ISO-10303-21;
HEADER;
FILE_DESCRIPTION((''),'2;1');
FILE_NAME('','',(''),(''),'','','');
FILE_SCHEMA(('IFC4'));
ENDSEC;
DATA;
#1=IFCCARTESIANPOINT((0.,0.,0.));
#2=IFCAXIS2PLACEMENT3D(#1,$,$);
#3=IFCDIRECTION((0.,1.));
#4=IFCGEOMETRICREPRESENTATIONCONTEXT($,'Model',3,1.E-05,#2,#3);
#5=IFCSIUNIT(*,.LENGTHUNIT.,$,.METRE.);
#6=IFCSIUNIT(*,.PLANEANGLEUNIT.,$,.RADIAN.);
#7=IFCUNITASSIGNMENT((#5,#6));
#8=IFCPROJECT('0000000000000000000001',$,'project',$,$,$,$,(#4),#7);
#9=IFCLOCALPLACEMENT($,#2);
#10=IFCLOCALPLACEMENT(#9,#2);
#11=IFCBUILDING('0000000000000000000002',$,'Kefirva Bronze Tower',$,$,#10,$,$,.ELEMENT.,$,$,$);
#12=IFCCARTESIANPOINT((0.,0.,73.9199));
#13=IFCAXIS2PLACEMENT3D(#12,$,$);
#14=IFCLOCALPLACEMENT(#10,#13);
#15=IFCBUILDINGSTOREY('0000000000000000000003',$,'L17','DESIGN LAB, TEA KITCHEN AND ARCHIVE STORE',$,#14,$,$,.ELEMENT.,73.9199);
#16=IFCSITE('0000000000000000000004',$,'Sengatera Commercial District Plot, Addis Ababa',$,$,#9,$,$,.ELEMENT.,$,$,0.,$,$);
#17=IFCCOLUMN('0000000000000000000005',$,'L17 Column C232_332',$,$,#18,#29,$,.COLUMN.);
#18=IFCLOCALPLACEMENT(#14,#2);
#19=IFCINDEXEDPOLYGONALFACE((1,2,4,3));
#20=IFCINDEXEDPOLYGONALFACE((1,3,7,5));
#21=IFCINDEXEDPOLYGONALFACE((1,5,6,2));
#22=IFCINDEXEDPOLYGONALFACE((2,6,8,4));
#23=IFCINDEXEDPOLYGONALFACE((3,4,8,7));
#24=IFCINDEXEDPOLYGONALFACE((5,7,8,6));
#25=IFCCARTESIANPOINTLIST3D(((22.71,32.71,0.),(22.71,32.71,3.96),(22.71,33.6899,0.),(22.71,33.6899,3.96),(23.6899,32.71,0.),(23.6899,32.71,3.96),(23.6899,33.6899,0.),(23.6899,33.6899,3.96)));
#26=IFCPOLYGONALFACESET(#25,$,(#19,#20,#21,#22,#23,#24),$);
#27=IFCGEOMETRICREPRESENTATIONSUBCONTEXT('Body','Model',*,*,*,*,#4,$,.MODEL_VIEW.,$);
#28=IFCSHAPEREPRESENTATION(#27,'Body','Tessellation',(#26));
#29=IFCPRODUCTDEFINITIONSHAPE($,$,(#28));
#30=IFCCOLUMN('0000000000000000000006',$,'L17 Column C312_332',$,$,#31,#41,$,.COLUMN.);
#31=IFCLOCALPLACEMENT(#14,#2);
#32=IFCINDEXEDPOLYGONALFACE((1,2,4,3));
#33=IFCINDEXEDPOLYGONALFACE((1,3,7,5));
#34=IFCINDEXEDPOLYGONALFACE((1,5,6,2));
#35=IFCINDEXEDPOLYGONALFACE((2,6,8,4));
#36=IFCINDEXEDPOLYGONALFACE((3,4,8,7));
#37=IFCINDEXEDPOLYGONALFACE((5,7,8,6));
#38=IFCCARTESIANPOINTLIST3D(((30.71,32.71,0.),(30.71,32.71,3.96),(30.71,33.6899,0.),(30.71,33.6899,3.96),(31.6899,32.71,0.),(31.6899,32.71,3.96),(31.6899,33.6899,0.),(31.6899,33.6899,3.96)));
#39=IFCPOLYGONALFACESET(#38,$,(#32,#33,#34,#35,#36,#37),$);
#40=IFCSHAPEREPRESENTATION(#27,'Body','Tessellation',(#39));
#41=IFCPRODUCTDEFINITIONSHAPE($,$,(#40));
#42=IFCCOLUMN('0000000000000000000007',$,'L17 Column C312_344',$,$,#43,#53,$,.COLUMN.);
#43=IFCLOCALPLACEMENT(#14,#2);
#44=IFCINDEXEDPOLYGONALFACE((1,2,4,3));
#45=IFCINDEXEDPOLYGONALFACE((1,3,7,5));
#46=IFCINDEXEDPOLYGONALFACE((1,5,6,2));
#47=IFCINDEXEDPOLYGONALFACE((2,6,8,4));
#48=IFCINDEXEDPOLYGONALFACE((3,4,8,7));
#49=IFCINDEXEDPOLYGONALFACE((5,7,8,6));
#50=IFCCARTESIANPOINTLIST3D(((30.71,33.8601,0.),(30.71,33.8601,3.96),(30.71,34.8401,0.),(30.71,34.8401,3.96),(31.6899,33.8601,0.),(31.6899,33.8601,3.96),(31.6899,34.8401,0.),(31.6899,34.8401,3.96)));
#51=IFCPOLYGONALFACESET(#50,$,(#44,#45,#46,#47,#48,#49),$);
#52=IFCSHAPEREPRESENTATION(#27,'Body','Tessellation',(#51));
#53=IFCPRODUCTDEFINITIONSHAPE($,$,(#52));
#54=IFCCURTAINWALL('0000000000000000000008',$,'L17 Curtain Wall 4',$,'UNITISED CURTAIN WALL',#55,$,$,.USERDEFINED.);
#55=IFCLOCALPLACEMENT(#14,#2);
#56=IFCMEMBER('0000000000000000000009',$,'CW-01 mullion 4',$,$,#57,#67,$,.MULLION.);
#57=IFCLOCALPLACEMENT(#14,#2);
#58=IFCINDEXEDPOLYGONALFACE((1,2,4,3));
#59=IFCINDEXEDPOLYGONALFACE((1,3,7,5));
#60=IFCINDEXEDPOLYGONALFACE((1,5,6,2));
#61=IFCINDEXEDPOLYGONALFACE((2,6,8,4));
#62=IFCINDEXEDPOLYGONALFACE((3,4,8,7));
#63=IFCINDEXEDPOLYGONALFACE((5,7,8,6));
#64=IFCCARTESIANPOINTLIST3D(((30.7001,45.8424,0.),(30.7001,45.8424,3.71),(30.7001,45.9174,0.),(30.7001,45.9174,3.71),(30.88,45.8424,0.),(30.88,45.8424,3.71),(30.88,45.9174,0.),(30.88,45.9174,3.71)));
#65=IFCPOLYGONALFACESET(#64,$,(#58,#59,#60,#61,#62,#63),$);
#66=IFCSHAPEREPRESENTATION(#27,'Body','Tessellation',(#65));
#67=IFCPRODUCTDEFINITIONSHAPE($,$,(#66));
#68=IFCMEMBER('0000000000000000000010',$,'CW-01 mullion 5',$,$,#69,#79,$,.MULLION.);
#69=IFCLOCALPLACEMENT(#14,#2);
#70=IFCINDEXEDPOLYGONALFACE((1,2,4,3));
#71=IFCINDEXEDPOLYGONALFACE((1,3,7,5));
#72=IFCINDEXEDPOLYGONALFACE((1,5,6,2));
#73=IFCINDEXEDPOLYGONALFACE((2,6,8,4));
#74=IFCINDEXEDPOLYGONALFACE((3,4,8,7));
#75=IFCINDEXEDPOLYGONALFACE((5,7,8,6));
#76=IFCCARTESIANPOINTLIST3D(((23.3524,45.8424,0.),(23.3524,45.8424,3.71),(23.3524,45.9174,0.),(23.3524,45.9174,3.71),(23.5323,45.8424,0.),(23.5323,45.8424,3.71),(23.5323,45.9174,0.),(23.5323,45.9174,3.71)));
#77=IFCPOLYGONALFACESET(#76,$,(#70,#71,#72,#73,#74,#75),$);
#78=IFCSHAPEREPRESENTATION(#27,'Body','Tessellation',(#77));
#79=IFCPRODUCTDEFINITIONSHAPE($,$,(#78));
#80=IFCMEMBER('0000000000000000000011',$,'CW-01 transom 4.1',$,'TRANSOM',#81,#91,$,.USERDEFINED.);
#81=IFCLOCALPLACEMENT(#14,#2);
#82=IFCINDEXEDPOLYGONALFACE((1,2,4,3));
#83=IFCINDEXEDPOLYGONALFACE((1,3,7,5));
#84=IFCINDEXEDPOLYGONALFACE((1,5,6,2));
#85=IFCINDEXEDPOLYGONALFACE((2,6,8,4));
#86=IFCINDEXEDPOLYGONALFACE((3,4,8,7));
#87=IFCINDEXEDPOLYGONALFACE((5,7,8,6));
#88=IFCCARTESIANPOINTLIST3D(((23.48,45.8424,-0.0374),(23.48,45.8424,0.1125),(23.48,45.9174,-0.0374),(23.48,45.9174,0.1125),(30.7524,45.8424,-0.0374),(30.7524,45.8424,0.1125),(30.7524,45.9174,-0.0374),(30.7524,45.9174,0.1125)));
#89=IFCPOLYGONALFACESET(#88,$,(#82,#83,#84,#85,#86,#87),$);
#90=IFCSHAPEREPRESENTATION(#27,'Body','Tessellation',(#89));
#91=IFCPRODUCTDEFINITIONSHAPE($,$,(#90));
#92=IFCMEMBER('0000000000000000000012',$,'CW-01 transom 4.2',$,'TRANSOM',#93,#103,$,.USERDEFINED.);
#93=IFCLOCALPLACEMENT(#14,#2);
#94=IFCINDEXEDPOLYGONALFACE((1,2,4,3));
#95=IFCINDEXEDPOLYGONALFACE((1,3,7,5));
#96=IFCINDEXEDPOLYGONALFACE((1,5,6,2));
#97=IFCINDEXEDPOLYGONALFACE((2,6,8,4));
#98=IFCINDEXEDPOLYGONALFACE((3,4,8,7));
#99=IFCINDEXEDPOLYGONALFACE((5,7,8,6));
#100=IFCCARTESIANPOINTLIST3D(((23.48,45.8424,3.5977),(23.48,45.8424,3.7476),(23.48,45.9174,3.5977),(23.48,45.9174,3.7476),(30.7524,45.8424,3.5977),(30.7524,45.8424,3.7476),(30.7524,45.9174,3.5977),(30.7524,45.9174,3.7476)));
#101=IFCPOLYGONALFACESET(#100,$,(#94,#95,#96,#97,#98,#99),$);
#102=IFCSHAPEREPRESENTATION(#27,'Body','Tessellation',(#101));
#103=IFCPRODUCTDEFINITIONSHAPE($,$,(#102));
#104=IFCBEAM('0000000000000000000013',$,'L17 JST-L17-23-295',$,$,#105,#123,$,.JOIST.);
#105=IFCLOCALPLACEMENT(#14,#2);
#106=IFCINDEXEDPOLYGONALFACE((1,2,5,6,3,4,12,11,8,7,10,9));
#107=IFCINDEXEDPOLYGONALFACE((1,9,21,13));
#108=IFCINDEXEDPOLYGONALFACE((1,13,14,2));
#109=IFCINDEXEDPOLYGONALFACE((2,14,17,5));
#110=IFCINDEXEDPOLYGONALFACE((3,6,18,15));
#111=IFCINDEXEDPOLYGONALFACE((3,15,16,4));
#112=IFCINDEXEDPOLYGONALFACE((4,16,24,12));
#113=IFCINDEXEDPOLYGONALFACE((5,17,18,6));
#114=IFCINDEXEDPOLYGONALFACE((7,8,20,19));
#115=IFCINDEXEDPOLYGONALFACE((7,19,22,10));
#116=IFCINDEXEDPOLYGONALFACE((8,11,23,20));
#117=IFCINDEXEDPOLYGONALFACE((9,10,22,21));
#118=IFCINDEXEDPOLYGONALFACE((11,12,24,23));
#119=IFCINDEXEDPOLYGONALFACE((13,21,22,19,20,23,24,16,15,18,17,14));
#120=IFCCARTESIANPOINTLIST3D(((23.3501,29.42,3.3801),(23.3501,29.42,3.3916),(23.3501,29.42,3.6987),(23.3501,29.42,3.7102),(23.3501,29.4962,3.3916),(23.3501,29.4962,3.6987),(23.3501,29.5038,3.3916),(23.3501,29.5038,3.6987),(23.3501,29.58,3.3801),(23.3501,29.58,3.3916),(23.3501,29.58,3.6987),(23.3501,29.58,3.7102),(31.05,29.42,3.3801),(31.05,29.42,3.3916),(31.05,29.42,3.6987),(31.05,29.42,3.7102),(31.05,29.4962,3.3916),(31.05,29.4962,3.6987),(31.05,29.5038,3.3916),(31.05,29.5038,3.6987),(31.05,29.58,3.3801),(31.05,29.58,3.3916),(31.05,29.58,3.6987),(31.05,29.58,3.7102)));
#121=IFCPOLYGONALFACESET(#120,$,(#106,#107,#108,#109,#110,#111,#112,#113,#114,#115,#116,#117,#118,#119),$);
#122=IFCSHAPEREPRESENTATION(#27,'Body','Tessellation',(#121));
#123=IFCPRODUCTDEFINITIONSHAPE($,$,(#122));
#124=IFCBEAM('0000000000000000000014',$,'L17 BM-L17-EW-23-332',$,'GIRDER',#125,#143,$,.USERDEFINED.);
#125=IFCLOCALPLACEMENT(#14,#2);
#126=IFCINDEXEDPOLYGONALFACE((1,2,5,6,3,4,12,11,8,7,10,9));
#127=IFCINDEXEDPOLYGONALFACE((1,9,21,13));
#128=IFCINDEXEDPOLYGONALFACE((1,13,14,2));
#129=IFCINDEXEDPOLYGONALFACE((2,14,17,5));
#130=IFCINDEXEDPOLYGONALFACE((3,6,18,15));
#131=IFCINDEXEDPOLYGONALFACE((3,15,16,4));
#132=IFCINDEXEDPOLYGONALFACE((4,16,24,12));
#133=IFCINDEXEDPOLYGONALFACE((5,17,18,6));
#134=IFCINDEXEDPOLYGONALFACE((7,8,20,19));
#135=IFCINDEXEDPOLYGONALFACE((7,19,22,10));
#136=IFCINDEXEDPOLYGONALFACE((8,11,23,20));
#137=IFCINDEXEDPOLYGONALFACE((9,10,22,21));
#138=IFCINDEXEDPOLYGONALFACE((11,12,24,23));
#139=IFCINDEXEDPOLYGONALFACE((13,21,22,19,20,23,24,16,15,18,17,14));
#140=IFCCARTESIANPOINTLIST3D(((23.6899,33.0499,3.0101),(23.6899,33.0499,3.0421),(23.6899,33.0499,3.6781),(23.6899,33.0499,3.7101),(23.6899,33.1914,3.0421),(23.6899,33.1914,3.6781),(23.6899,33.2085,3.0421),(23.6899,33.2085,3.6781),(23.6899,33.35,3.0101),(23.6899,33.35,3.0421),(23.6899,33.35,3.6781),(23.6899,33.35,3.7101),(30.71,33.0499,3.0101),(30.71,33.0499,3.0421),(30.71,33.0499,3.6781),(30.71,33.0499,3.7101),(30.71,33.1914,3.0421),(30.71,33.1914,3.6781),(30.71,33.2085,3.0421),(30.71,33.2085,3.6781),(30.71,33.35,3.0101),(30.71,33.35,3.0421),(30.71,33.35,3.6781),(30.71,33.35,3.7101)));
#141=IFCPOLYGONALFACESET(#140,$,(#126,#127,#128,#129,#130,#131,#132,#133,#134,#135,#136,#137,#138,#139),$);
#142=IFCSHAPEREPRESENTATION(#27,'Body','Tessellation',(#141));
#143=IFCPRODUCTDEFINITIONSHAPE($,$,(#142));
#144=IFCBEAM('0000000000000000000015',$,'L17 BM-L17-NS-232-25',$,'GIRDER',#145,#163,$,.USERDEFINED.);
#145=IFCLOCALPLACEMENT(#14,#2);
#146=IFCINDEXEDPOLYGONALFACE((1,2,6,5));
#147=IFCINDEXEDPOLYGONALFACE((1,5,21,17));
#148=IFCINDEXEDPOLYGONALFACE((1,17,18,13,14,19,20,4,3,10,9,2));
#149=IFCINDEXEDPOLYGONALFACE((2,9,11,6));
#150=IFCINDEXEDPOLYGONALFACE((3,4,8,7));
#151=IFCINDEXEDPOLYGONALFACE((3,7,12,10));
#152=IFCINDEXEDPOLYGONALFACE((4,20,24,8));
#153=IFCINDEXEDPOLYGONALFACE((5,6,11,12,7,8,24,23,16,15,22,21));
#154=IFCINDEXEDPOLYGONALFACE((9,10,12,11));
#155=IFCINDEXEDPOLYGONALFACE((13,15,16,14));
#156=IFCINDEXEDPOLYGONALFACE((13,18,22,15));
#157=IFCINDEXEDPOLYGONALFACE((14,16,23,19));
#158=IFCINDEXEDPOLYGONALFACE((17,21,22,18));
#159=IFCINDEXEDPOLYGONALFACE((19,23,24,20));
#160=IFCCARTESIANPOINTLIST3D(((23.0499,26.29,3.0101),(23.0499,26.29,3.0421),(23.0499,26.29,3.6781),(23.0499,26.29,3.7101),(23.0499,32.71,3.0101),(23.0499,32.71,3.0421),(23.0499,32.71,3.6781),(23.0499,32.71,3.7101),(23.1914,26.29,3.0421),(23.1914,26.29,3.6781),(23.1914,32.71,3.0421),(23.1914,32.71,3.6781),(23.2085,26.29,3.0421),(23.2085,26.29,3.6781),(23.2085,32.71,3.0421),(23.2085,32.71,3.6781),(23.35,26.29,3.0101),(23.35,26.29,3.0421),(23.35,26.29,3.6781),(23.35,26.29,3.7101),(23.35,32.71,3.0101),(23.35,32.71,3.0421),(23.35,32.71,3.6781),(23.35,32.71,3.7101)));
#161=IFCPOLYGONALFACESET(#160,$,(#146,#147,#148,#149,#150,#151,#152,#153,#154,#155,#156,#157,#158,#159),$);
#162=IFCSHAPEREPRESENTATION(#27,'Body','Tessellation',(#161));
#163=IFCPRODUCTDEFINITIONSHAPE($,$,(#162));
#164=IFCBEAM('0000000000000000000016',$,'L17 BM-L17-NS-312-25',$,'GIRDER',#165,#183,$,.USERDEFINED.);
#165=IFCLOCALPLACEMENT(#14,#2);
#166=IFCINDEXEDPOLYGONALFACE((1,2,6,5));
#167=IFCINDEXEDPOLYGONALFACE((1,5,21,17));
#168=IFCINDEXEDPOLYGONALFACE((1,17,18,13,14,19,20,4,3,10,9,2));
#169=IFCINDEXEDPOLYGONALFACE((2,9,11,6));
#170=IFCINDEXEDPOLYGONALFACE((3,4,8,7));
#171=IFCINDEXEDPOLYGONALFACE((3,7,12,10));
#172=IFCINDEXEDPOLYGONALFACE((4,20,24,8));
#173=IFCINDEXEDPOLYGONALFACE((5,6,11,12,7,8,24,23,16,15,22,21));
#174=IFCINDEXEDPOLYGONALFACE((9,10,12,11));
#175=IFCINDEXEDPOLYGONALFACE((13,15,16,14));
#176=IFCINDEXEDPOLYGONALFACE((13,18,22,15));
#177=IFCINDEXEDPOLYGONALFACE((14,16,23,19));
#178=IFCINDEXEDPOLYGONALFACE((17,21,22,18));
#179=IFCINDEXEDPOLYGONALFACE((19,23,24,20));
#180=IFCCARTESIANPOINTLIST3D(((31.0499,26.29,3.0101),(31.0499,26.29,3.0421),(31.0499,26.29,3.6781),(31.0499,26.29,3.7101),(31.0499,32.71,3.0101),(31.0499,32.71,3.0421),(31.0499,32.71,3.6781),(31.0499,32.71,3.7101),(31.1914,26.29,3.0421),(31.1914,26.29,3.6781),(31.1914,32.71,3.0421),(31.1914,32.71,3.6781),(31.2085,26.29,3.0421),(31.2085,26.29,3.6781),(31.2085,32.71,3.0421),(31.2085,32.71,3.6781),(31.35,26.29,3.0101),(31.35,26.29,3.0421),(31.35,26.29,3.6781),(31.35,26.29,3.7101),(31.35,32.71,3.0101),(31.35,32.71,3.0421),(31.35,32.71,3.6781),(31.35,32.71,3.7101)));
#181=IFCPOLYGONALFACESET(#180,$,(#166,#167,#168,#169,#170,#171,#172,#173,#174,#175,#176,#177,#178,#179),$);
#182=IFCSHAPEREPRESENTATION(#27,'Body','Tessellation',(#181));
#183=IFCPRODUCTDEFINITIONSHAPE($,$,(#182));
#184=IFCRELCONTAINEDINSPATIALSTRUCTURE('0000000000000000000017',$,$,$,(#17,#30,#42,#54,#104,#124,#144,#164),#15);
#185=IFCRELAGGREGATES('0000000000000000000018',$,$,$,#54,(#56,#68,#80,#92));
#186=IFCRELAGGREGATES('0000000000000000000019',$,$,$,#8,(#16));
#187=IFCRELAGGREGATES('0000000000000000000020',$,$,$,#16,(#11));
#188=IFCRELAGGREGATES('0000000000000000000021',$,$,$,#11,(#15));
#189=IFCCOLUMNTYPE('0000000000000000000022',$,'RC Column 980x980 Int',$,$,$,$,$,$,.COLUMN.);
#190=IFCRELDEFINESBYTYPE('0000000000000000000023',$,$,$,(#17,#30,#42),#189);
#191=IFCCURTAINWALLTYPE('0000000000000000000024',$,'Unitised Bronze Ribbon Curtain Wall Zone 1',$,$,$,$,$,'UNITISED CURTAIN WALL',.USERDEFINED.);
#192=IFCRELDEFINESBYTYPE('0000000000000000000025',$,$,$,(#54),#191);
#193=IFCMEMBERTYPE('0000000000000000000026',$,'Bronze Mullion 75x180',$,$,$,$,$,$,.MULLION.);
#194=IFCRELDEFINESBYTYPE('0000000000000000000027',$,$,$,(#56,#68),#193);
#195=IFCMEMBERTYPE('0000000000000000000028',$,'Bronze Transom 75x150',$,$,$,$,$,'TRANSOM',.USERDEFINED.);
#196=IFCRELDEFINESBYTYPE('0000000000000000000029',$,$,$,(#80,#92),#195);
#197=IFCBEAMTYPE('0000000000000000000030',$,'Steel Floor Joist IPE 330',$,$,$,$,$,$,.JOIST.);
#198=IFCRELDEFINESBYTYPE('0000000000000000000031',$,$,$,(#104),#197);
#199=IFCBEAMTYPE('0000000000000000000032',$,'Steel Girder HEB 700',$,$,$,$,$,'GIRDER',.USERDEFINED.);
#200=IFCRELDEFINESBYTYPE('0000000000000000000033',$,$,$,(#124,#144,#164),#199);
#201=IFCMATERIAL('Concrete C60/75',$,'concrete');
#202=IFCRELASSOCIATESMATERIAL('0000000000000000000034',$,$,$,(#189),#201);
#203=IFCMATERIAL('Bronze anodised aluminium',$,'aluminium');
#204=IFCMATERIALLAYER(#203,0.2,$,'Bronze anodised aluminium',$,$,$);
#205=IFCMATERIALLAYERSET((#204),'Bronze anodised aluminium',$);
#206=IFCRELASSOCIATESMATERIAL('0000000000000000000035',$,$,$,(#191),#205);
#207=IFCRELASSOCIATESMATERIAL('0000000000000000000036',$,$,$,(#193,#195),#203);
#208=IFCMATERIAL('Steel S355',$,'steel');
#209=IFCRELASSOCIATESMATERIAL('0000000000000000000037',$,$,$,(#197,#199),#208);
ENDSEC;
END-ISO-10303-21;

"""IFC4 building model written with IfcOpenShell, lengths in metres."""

from ifc_helpers import new_model, si_unit, direction, frame, origin, origin_2d, place, context, subcontext, project, spatial, rectangle, i_section, extrude, material, layer, layer_set, material_profile, profile_set, type_object, element, aggregate, save


model = new_model("IFC4")

# Units and contexts
model_context = context("Model", 3, precision=1e-05, world=origin(), true_north=direction((0.0, 1.0)))
body_context = subcontext(model_context, "Body", "Model", "MODEL_VIEW")
ifc_project = project(units=[si_unit("LENGTHUNIT", "METRE"), si_unit("PLANEANGLEUNIT", "RADIAN")], contexts=[model_context])

# Site, building, storey
site_placement = place(None, origin())
site = spatial("IfcSite", under=ifc_project, at=site_placement, Name="Sengatera Commercial District Plot, Addis Ababa", CompositionType="ELEMENT", RefElevation=0.0)
building_placement = place(site_placement, origin())
building = spatial("IfcBuilding", under=site, at=building_placement, Name="Kefirva Bronze Tower", CompositionType="ELEMENT")
storey_placement = place(building_placement, frame((0.0, 0.0, 73.9199)))
storey = spatial("IfcBuildingStorey", under=building, at=storey_placement, Name="L17", Description="DESIGN LAB, TEA KITCHEN AND ARCHIVE STORE", CompositionType="ELEMENT", Elevation=73.9199)

# Columns
ifc_material_1 = material(Name="Concrete C60/75", Category="concrete")
ifc_material_profile_1 = material_profile(ifc_material_1, rectangle(XDim=0.98, YDim=0.98, at=origin_2d()), Name="RC 980x980")
ifc_profile_set_1 = profile_set([ifc_material_profile_1], Name="Concrete C60/75")
column_type = type_object("IfcColumnType", Name="RC Column 980x980 Int", PredefinedType="COLUMN", material=ifc_profile_set_1)
for number, where, z_axis, x_axis, name in (
    (1, (23.2, 33.2, 0.0), (0.0, 0.0, 1.0), (1.0, 0.0, 0.0), "L17 Column C232_332"),
    (2, (31.2, 33.2, 0.0), (0.0, 0.0, 1.0), (1.0, 0.0, 0.0), "L17 Column C312_332"),
    (3, (31.2, 34.3501, 0.0), (0.0, 0.0, 1.0), (1.0, 0.0, 0.0), "L17 Column C312_344"),
):
    element("IfcColumn", number, at=place(storey_placement, frame(where, z_axis=z_axis, x_axis=x_axis)), inside=storey, type_object=column_type, Name=name, PredefinedType="COLUMN", context=body_context, shape_type="SweptSolid", body=[
        extrude(rectangle(XDim=0.98, YDim=0.98, at=origin_2d()), origin(), (0.0, 0.0, 1.0), 3.96),
    ])

# Curtain wall, members
ifc_material_2 = material(Name="Bronze anodised aluminium", Category="aluminium")
ifc_layer_1 = layer(ifc_material_2, 0.2, Name="Bronze anodised aluminium")
ifc_layer_set_1 = layer_set([ifc_layer_1], Name="Bronze anodised aluminium")
curtain_wall_type = type_object("IfcCurtainWallType", Name="Unitised Bronze Ribbon Curtain Wall Zone 1", ElementType="UNITISED CURTAIN WALL", PredefinedType="USERDEFINED", material=ifc_layer_set_1)
curtain_wall_placement = place(storey_placement, origin())
curtain_wall = element("IfcCurtainWall", 4, at=curtain_wall_placement, inside=storey, type_object=curtain_wall_type, Name="L17 Curtain Wall 4", ObjectType="UNITISED CURTAIN WALL", PredefinedType="USERDEFINED")
ifc_material_profile_2 = material_profile(ifc_material_2, rectangle(XDim=0.075, YDim=0.1799, at=origin_2d()), Name="ALU 75x180")
ifc_profile_set_2 = profile_set([ifc_material_profile_2], Name="Bronze anodised aluminium")
member_type_1 = type_object("IfcMemberType", Name="Bronze Mullion 75x180", PredefinedType="MULLION", material=ifc_profile_set_2)
member_1_placement = place(storey_placement, frame((30.79, 45.8799, 0.0), z_axis=(0.0, 0.0, 1.0), x_axis=(0.0, -1.0, 0.0)))
member_1 = element("IfcMember", 5, at=member_1_placement, type_object=member_type_1, Name="CW-01 mullion 4", PredefinedType="MULLION", context=body_context, shape_type="SweptSolid", body=[
    extrude(rectangle(XDim=0.075, YDim=0.1799, at=origin_2d()), origin(), (0.0, 0.0, 1.0), 3.71),
])
member_2_placement = place(storey_placement, frame((23.4424, 45.8799, 0.0), z_axis=(0.0, 0.0, 1.0), x_axis=(0.0, -1.0, 0.0)))
member_2 = element("IfcMember", 6, at=member_2_placement, type_object=member_type_1, Name="CW-01 mullion 5", PredefinedType="MULLION", context=body_context, shape_type="SweptSolid", body=[
    extrude(rectangle(XDim=0.075, YDim=0.1799, at=origin_2d()), origin(), (0.0, 0.0, 1.0), 3.71),
])
ifc_material_profile_3 = material_profile(ifc_material_2, rectangle(XDim=0.075, YDim=0.1499, at=origin_2d()), Name="ALU 75x150")
ifc_profile_set_3 = profile_set([ifc_material_profile_3], Name="Bronze anodised aluminium")
member_type_2 = type_object("IfcMemberType", Name="Bronze Transom 75x150", ElementType="TRANSOM", PredefinedType="USERDEFINED", material=ifc_profile_set_3)
member_3_placement = place(storey_placement, frame((30.7524, 45.8799, 0.0376), z_axis=(-1.0, 0.0, 0.0), x_axis=(0.0, -1.0, 0.0)))
member_3 = element("IfcMember", 7, at=member_3_placement, type_object=member_type_2, Name="CW-01 transom 4.1", ObjectType="TRANSOM", PredefinedType="USERDEFINED", context=body_context, shape_type="SweptSolid", body=[
    extrude(rectangle(XDim=0.075, YDim=0.1499, at=origin_2d()), origin(), (0.0, 0.0, 1.0), 7.2725),
])
member_4_placement = place(storey_placement, frame((30.7524, 45.8799, 3.6726), z_axis=(-1.0, 0.0, 0.0), x_axis=(0.0, -1.0, 0.0)))
member_4 = element("IfcMember", 8, at=member_4_placement, type_object=member_type_2, Name="CW-01 transom 4.2", ObjectType="TRANSOM", PredefinedType="USERDEFINED", context=body_context, shape_type="SweptSolid", body=[
    extrude(rectangle(XDim=0.075, YDim=0.1499, at=origin_2d()), origin(), (0.0, 0.0, 1.0), 7.2725),
])

# Beams
ifc_material_3 = material(Name="Steel S355", Category="steel")
ifc_material_profile_4 = material_profile(ifc_material_3, i_section(OverallWidth=0.1599, OverallDepth=0.3301, WebThickness=0.0076, FlangeThickness=0.0115, at=origin_2d()), Name="IPE 330")
ifc_profile_set_4 = profile_set([ifc_material_profile_4], Name="Steel S355")
beam_type_1 = type_object("IfcBeamType", Name="Steel Floor Joist IPE 330", PredefinedType="JOIST", material=ifc_profile_set_4)
beam_1_placement = place(storey_placement, frame((23.3501, 29.5, 3.5452), z_axis=(1.0, 0.0, 0.0), x_axis=(0.0, 1.0, 0.0)))
element("IfcBeam", 9, at=beam_1_placement, inside=storey, type_object=beam_type_1, Name="L17 JST-L17-23-295", PredefinedType="JOIST", context=body_context, shape_type="SweptSolid", body=[
    extrude(i_section(OverallWidth=0.1599, OverallDepth=0.3301, WebThickness=0.0076, FlangeThickness=0.0115, at=origin_2d()), origin(), (0.0, 0.0, 1.0), 7.7),
])
ifc_material_profile_5 = material_profile(ifc_material_3, i_section(OverallWidth=0.3, OverallDepth=0.7, WebThickness=0.0171, FlangeThickness=0.032, at=origin_2d()), Name="HEB 700")
ifc_profile_set_5 = profile_set([ifc_material_profile_5], Name="Steel S355")
beam_type_2 = type_object("IfcBeamType", Name="Steel Girder HEB 700", ElementType="GIRDER", PredefinedType="USERDEFINED", material=ifc_profile_set_5)
beam_2_placement = place(storey_placement, frame((23.6899, 33.2, 3.3601), z_axis=(1.0, 0.0, 0.0), x_axis=(0.0, 1.0, 0.0)))
element("IfcBeam", 10, at=beam_2_placement, inside=storey, type_object=beam_type_2, Name="L17 BM-L17-EW-23-332", ObjectType="GIRDER", PredefinedType="USERDEFINED", context=body_context, shape_type="SweptSolid", body=[
    extrude(i_section(OverallWidth=0.3, OverallDepth=0.7, WebThickness=0.0171, FlangeThickness=0.032, at=origin_2d()), origin(), (0.0, 0.0, 1.0), 7.02),
])
for number, where, z_axis, x_axis, name in (
    (11, (23.2, 26.29, 3.3601), (0.0, 1.0, 0.0), (-1.0, 0.0, 0.0), "L17 BM-L17-NS-232-25"),
    (12, (31.2, 26.29, 3.3601), (0.0, 1.0, 0.0), (-1.0, 0.0, 0.0), "L17 BM-L17-NS-312-25"),
):
    element("IfcBeam", number, at=place(storey_placement, frame(where, z_axis=z_axis, x_axis=x_axis)), inside=storey, type_object=beam_type_2, Name=name, ObjectType="GIRDER", PredefinedType="USERDEFINED", context=body_context, shape_type="SweptSolid", body=[
        extrude(i_section(OverallWidth=0.3, OverallDepth=0.7, WebThickness=0.0171, FlangeThickness=0.032, at=origin_2d()), origin(), (0.0, 0.0, 1.0), 6.4199),
    ])

aggregate(curtain_wall, [member_1, member_2, member_3, member_4])

save(model, "model.ifc")
